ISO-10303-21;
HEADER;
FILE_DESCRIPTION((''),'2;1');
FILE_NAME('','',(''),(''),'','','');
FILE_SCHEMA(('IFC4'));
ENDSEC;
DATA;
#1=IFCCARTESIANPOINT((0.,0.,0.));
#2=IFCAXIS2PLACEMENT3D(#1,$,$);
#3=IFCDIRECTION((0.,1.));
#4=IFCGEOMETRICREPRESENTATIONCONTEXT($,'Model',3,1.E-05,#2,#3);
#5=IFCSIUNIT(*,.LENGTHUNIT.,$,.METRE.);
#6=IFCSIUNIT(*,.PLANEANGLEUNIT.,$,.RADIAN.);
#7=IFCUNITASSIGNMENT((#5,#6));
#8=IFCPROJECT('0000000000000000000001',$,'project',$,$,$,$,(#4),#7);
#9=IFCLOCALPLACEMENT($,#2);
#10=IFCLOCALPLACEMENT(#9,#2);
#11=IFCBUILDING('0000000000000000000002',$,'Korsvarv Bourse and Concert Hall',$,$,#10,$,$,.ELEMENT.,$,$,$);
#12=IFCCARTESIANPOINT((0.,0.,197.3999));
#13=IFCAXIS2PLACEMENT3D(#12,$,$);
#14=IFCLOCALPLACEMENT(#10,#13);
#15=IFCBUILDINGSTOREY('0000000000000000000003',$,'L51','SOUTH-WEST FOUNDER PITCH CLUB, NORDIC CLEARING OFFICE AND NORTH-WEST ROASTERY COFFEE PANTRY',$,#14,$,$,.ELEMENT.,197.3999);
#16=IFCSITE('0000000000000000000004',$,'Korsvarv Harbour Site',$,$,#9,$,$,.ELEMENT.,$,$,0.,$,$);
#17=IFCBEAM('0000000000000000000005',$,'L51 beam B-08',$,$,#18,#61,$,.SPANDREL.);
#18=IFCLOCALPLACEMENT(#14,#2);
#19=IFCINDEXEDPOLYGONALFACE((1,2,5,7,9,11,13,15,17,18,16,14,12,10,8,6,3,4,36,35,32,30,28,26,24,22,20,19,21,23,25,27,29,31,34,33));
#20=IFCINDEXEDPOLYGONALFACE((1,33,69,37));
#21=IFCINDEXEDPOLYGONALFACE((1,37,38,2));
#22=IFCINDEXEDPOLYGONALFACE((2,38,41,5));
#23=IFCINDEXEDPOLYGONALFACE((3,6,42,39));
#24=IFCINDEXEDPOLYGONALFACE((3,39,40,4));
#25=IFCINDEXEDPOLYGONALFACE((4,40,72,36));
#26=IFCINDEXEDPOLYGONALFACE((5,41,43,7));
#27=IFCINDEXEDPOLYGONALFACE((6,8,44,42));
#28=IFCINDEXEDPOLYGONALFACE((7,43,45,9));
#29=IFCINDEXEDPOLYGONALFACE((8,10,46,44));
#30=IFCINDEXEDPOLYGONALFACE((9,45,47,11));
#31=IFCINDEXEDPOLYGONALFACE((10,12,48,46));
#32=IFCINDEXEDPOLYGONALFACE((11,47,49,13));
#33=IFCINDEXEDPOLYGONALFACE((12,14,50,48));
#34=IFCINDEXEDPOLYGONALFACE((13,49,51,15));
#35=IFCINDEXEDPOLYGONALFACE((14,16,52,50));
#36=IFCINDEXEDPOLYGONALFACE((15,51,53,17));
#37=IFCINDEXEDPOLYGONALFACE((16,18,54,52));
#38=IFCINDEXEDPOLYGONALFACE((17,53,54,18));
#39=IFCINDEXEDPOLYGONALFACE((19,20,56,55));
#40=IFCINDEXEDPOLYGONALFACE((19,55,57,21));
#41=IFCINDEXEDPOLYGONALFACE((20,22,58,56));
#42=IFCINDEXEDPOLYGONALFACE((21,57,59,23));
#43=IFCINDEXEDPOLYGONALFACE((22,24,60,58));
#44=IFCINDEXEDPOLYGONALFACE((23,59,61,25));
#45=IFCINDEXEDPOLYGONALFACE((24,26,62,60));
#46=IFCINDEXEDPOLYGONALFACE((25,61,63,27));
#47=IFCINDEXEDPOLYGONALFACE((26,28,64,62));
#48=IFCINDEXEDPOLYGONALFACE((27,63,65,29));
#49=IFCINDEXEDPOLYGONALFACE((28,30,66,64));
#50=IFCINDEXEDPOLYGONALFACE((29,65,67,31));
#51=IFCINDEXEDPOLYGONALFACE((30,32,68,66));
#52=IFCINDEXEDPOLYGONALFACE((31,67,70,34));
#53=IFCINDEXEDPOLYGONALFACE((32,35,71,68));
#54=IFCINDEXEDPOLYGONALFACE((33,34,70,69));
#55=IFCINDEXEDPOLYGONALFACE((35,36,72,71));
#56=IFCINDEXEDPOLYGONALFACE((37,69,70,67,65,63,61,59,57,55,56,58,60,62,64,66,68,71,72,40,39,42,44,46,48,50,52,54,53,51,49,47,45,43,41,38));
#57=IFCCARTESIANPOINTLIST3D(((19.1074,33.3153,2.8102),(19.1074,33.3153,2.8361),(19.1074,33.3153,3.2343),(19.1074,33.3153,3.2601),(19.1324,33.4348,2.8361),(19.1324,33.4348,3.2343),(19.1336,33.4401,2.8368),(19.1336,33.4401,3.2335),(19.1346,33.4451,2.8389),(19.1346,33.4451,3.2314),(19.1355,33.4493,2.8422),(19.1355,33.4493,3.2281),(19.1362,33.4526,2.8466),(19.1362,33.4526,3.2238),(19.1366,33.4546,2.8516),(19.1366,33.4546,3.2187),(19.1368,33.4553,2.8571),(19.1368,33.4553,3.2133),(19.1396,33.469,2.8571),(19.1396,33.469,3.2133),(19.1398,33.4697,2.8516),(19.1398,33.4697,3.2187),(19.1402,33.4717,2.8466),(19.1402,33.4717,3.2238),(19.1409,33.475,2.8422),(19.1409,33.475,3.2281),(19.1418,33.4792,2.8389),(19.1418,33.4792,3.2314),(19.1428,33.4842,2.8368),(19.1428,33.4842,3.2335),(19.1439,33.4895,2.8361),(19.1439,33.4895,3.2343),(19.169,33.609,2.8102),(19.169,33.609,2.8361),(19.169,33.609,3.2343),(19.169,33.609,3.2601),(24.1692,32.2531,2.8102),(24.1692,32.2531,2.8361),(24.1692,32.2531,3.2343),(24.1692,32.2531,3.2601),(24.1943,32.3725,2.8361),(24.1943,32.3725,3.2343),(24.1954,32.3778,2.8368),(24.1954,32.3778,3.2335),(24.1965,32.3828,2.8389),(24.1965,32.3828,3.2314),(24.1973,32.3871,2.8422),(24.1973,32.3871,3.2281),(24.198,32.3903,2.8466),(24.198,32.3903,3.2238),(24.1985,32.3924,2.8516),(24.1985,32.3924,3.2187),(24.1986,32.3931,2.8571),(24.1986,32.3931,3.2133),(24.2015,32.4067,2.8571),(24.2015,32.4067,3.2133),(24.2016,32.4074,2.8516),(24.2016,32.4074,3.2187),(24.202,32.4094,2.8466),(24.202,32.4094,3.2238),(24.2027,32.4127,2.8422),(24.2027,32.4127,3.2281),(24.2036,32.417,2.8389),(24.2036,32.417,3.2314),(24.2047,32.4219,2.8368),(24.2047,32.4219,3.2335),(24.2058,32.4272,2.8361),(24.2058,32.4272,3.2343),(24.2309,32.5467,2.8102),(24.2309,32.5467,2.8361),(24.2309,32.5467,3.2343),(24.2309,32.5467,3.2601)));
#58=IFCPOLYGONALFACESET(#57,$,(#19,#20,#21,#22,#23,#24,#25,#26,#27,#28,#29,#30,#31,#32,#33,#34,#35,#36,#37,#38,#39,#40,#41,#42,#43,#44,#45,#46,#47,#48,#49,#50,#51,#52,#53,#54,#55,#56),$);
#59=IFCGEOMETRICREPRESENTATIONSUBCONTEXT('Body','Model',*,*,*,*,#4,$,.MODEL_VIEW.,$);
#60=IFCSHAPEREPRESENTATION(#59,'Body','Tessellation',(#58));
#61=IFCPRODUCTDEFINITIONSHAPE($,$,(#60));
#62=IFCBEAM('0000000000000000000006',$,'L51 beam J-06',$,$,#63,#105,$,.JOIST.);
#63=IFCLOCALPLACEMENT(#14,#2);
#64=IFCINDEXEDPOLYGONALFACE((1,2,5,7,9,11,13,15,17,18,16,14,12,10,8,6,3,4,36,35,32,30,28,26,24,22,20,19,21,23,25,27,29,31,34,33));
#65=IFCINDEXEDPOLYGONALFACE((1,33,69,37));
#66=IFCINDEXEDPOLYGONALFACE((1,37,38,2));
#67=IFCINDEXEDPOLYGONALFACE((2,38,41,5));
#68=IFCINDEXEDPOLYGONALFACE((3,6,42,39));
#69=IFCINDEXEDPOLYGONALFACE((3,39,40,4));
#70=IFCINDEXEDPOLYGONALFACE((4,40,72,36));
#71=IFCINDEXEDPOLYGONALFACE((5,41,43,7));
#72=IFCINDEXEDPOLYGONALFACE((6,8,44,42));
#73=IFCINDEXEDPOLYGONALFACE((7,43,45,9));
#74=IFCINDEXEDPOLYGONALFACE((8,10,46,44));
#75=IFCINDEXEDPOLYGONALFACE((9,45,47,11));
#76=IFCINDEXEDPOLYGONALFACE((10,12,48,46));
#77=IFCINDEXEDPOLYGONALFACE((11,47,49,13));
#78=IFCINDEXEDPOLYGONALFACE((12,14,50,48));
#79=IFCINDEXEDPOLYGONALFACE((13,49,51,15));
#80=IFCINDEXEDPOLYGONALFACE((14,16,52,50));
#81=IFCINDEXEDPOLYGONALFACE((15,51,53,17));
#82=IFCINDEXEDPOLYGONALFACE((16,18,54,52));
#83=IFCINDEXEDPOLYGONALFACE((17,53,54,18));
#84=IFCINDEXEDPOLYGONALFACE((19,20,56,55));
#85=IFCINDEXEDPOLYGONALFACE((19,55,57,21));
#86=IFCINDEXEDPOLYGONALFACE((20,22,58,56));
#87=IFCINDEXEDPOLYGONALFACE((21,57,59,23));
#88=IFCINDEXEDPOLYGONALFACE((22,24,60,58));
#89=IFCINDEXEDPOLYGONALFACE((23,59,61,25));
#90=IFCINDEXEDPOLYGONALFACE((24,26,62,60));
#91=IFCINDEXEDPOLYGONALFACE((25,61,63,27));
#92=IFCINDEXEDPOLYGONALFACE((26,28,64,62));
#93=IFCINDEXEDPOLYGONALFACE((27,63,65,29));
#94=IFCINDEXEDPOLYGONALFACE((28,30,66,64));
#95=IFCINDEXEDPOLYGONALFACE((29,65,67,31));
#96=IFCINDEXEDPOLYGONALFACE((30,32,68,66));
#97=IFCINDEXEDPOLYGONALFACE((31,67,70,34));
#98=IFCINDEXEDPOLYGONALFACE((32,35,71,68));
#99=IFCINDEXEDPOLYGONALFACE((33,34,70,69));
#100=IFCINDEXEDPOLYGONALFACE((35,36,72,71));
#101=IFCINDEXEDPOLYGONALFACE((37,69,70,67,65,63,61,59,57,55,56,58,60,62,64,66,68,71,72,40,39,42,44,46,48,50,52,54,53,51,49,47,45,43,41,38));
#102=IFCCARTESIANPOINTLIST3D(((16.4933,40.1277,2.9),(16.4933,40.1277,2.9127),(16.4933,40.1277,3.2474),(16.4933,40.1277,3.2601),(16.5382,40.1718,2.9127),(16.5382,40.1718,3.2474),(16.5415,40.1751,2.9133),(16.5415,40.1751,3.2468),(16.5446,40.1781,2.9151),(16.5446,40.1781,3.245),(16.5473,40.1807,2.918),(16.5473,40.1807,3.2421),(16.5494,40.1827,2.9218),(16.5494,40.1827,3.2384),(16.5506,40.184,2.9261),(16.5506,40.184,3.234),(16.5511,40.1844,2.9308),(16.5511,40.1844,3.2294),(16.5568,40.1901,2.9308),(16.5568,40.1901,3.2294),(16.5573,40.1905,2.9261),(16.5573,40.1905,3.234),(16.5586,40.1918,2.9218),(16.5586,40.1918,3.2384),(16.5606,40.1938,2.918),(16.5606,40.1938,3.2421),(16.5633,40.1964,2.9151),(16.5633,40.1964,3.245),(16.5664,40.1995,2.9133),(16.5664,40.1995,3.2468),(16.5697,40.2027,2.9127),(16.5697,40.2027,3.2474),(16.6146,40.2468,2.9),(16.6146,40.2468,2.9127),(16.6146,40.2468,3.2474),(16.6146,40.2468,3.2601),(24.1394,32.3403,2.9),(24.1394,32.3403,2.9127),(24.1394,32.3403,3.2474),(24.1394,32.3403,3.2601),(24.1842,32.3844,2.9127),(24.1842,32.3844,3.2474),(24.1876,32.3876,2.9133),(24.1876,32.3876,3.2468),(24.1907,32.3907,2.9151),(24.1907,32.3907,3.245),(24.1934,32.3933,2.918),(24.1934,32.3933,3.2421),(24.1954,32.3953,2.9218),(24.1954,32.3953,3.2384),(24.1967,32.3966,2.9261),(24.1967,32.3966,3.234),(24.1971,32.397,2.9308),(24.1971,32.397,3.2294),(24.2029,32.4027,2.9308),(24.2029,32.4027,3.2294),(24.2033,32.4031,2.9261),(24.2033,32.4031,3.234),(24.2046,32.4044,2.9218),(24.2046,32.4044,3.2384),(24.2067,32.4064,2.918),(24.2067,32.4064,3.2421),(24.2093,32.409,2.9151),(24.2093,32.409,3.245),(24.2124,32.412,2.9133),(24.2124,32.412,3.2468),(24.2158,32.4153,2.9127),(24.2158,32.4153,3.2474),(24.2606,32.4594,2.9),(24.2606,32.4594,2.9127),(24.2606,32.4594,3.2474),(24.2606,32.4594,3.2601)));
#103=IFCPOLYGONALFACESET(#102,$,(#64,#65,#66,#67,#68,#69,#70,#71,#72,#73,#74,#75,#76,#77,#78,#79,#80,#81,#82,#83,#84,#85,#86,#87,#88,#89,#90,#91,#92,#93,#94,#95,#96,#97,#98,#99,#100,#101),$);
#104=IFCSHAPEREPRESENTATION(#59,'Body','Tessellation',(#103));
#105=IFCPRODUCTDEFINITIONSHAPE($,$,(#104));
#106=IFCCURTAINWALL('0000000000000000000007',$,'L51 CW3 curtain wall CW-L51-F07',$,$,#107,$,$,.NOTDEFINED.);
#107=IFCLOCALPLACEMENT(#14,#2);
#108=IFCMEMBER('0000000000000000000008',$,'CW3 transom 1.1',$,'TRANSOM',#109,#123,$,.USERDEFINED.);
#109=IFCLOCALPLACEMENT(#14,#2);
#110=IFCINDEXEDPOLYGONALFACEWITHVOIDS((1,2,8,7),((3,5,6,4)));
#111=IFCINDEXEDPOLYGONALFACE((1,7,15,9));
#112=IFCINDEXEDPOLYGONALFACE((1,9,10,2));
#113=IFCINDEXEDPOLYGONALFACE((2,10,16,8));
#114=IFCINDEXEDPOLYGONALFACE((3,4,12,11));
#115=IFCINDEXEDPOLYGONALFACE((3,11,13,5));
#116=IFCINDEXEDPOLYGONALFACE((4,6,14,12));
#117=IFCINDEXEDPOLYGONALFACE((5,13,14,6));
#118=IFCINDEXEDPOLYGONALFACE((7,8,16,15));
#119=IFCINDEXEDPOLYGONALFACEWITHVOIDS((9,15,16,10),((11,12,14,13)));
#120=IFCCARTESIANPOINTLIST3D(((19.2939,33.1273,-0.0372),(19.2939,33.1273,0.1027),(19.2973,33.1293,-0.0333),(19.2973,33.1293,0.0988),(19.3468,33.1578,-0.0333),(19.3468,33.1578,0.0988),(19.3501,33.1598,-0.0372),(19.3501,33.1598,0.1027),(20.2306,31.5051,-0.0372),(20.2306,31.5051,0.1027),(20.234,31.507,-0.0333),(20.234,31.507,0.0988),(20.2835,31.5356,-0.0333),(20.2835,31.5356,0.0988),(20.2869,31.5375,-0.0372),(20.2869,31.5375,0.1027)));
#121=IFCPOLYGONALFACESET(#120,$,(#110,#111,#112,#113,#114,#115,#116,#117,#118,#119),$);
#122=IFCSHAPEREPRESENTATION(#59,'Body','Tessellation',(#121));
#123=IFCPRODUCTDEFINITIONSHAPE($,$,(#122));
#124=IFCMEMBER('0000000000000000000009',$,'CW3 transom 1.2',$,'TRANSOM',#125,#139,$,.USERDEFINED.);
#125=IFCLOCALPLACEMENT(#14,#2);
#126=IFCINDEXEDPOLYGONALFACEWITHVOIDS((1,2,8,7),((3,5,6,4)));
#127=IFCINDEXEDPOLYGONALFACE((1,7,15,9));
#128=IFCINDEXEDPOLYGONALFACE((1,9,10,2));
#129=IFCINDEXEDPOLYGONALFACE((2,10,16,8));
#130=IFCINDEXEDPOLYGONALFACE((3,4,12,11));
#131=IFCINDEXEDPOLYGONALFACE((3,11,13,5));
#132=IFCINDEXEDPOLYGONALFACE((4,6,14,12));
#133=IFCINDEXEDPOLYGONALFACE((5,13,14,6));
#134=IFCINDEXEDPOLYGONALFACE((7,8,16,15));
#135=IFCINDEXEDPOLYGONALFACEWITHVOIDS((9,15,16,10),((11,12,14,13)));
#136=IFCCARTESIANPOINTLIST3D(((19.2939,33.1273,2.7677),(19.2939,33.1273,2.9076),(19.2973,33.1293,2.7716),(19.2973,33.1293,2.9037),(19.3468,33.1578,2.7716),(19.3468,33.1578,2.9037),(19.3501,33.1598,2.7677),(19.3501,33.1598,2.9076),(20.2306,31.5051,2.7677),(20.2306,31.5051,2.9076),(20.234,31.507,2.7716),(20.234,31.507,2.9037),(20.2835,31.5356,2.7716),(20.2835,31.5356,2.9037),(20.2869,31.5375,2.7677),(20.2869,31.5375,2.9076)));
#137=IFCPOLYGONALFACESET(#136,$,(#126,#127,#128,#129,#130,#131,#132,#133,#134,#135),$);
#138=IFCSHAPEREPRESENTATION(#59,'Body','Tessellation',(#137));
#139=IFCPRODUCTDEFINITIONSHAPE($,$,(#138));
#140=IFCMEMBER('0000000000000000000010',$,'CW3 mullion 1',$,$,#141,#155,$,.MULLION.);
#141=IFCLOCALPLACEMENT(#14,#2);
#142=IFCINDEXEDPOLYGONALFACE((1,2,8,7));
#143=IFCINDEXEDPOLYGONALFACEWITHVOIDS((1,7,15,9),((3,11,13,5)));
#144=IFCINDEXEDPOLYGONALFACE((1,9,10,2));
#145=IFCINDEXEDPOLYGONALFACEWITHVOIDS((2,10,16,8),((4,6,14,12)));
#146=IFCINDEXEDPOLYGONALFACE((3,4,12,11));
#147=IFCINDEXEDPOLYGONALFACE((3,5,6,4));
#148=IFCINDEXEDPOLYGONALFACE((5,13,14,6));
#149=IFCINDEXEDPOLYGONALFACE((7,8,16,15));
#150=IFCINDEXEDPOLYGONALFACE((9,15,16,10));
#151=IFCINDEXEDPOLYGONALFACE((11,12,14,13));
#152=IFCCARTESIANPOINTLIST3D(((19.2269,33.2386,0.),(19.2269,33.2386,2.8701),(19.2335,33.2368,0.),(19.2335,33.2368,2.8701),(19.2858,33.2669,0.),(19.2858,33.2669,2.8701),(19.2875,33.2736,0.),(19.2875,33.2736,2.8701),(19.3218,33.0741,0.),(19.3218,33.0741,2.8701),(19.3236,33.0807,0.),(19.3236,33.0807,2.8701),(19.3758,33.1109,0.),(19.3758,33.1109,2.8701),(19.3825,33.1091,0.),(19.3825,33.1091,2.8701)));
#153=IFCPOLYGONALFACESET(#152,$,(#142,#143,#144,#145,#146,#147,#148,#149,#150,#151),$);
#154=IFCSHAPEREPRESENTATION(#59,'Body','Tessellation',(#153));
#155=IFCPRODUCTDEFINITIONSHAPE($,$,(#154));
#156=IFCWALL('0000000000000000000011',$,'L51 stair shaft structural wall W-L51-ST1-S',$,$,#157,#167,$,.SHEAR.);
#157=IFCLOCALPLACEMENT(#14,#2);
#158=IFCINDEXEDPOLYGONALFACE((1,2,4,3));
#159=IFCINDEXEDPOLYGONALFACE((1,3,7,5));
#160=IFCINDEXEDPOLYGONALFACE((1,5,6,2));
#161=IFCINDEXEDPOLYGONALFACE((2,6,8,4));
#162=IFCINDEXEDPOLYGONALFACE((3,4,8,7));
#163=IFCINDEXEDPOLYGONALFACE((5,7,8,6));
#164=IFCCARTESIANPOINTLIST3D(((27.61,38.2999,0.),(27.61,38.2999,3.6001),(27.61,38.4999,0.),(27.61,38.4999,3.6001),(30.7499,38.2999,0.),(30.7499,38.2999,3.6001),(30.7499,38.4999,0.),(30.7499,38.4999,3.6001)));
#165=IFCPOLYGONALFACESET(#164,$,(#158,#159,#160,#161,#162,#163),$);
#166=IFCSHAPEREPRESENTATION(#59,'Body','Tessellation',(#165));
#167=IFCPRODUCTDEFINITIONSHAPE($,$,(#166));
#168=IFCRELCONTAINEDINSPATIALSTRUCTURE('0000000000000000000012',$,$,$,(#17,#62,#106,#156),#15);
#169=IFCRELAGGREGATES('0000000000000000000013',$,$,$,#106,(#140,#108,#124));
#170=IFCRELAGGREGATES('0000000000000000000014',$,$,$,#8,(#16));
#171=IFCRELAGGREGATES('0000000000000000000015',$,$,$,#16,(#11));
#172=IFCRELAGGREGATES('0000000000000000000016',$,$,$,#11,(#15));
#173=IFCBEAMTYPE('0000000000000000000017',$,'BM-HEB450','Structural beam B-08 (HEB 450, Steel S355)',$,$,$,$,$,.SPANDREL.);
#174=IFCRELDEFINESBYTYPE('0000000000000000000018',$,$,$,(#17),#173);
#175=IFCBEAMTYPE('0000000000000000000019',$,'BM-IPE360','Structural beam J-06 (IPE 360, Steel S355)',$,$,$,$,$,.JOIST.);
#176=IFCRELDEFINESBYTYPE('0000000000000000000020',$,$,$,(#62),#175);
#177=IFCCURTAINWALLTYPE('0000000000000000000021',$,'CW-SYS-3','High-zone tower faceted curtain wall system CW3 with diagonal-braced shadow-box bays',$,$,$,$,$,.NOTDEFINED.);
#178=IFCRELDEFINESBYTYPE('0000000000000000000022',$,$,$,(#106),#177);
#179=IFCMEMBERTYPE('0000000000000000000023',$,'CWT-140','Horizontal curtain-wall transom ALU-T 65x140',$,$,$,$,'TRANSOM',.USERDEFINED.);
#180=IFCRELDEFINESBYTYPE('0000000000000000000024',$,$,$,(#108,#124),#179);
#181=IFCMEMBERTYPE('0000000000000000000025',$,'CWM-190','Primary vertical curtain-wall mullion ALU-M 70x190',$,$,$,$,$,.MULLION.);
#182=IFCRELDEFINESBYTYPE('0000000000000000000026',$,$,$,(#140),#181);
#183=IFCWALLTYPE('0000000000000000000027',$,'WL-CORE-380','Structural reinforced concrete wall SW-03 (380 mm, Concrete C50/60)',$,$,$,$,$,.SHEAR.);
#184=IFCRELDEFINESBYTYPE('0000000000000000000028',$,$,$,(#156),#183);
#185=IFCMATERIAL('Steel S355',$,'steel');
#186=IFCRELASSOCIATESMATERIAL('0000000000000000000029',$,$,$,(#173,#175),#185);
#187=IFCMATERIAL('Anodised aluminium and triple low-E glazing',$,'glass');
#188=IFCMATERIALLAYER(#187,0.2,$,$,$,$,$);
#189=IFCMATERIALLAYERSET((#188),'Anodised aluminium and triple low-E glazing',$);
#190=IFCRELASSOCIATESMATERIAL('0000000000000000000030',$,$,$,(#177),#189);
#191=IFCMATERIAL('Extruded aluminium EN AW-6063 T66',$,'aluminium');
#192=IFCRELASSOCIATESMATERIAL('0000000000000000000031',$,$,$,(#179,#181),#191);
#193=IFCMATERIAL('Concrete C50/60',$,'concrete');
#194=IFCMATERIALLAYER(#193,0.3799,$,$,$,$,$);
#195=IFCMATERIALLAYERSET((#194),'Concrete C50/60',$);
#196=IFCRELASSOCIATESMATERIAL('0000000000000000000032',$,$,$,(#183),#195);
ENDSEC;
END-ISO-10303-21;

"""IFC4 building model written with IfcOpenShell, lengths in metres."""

from ifc_helpers import new_model, si_unit, direction, frame, frame_2d, origin, origin_2d, place, context, subcontext, project, spatial, rectangle, hollow_rectangle, i_section, extrude, source, transform, mapped, material, layer, layer_set, material_profile, profile_set, type_object, element, aggregate, save


model = new_model("IFC4")

# Units and contexts
model_context = context("Model", 3, precision=1e-05, world=origin(), true_north=direction((0.0, 1.0)))
body_context = subcontext(model_context, "Body", "Model", "MODEL_VIEW")
ifc_project = project(units=[si_unit("LENGTHUNIT", "METRE"), si_unit("PLANEANGLEUNIT", "RADIAN")], contexts=[model_context])

# Site, building, storey
site_placement = place(None, origin())
site = spatial("IfcSite", under=ifc_project, at=site_placement, Name="Korsvarv Harbour Site", CompositionType="ELEMENT", RefElevation=0.0)
building_placement = place(site_placement, origin())
building = spatial("IfcBuilding", under=site, at=building_placement, Name="Korsvarv Bourse and Concert Hall", CompositionType="ELEMENT")
storey_placement = place(building_placement, frame((0.0, 0.0, 197.3999)))
storey = spatial("IfcBuildingStorey", under=building, at=storey_placement, Name="L51", Description="SOUTH-WEST FOUNDER PITCH CLUB, NORDIC CLEARING OFFICE AND NORTH-WEST ROASTERY COFFEE PANTRY", CompositionType="ELEMENT", Elevation=197.3999)

# Shared definitions
ifc_material_1 = material(Name="Steel S355", Category="steel")

# Beams
ifc_material_profile_1 = material_profile(ifc_material_1, i_section(OverallWidth=0.3, OverallDepth=0.45, WebThickness=0.0139, FlangeThickness=0.0259, FilletRadius=0.021, at=origin_2d()), Name="HEB 450")
ifc_profile_set_1 = profile_set([ifc_material_profile_1], Name="Steel S355")
beam_type_1 = type_object("IfcBeamType", Name="BM-HEB450", Description="Structural beam B-08 (HEB 450, Steel S355)", PredefinedType="SPANDREL", material=ifc_profile_set_1)
shared_shape_1 = source(origin(), body_context, "Body", "SweptSolid", [
    extrude(i_section(OverallWidth=0.3, OverallDepth=0.45, WebThickness=0.0139, FlangeThickness=0.0259, FilletRadius=0.021, at=origin_2d()), origin(), (0.0, 0.0, 1.0), 5.1721),
])
beam_1_placement = place(storey_placement, frame((19.1382, 33.4622, 3.0352), z_axis=(0.978681, -0.205385, 0.0), x_axis=(0.205385, 0.978681, 0.0)))
element("IfcBeam", 1, at=beam_1_placement, inside=storey, type_object=beam_type_1, Name="L51 beam B-08", PredefinedType="SPANDREL", context=body_context, shape_type="MappedRepresentation", body=[
    mapped(shared_shape_1, transform((0.0, 0.0, 0.0), scale=1.0)),
])
ifc_material_profile_2 = material_profile(ifc_material_1, i_section(OverallWidth=0.1699, OverallDepth=0.3601, WebThickness=0.0081, FlangeThickness=0.0127, FilletRadius=0.0181, at=origin_2d()), Name="IPE 360")
ifc_profile_set_2 = profile_set([ifc_material_profile_2], Name="Steel S355")
beam_type_2 = type_object("IfcBeamType", Name="BM-IPE360", Description="Structural beam J-06 (IPE 360, Steel S355)", PredefinedType="JOIST", material=ifc_profile_set_2)
shared_shape_2 = source(origin(), body_context, "Body", "SweptSolid", [
    extrude(i_section(OverallWidth=0.1699, OverallDepth=0.3601, WebThickness=0.0081, FlangeThickness=0.0127, FilletRadius=0.0181, at=origin_2d()), origin(), (0.0, 0.0, 1.0), 10.9136),
])
beam_2_placement = place(storey_placement, frame((16.554, 40.1873, 3.0801), z_axis=(0.700601, -0.713553, 0.0), x_axis=(0.713553, 0.700601, 0.0)))
element("IfcBeam", 2, at=beam_2_placement, inside=storey, type_object=beam_type_2, Name="L51 beam J-06", PredefinedType="JOIST", context=body_context, shape_type="MappedRepresentation", body=[
    mapped(shared_shape_2, transform((0.0, 0.0, 0.0), scale=1.0)),
])

# Curtain wall, members
ifc_material_2 = material(Name="Anodised aluminium and triple low-E glazing", Category="glass")
ifc_layer_1 = layer(ifc_material_2, 0.2)
ifc_layer_set_1 = layer_set([ifc_layer_1], Name="Anodised aluminium and triple low-E glazing")
curtain_wall_type = type_object("IfcCurtainWallType", Name="CW-SYS-3", Description="High-zone tower faceted curtain wall system CW3 with diagonal-braced shadow-box bays", PredefinedType="NOTDEFINED", material=ifc_layer_set_1)
curtain_wall_placement = place(storey_placement, origin())
curtain_wall = element("IfcCurtainWall", 3, at=curtain_wall_placement, inside=storey, type_object=curtain_wall_type, Name="L51 CW3 curtain wall CW-L51-F07", PredefinedType="NOTDEFINED")
ifc_material_3 = material(Name="Extruded aluminium EN AW-6063 T66", Category="aluminium")
ifc_material_profile_3 = material_profile(ifc_material_3, hollow_rectangle(XDim=0.0649, YDim=0.1399, WallThickness=0.0039, at=origin_2d()), Name="ALU-T 65x140")
ifc_profile_set_3 = profile_set([ifc_material_profile_3], Name="Extruded aluminium EN AW-6063 T66")
member_type_1 = type_object("IfcMemberType", Name="CWT-140", Description="Horizontal curtain-wall transom ALU-T 65x140", ElementType="TRANSOM", PredefinedType="USERDEFINED", material=ifc_profile_set_3)
shared_shape_3 = source(origin(), body_context, "Body", "SweptSolid", [
    extrude(hollow_rectangle(XDim=0.0649, YDim=0.1399, WallThickness=0.0039, at=origin_2d()), origin(), (0.0, 0.0, 1.0), 1.8733),
])
member_1_placement = place(storey_placement, frame((19.322, 33.1436, 0.0327), z_axis=(0.50005, -0.865997, 0.0), x_axis=(0.865997, 0.50005, 0.0)))
member_1 = element("IfcMember", 4, at=member_1_placement, type_object=member_type_1, Name="CW3 transom 1.1", ObjectType="TRANSOM", PredefinedType="USERDEFINED", context=body_context, shape_type="MappedRepresentation", body=[
    mapped(shared_shape_3, transform((0.0, 0.0, 0.0), scale=1.0)),
])
member_2_placement = place(storey_placement, frame((19.322, 33.1436, 2.8376), z_axis=(0.50005, -0.865997, 0.0), x_axis=(0.865997, 0.50005, 0.0)))
member_2 = element("IfcMember", 5, at=member_2_placement, type_object=member_type_1, Name="CW3 transom 1.2", ObjectType="TRANSOM", PredefinedType="USERDEFINED", context=body_context, shape_type="MappedRepresentation", body=[
    mapped(shared_shape_3, transform((0.0, 0.0, 0.0), scale=1.0)),
])
ifc_material_profile_4 = material_profile(ifc_material_3, hollow_rectangle(XDim=0.0701, YDim=0.1899, WallThickness=0.0049, at=origin_2d()), Name="ALU-M 70x190")
ifc_profile_set_4 = profile_set([ifc_material_profile_4], Name="Extruded aluminium EN AW-6063 T66")
member_type_2 = type_object("IfcMemberType", Name="CWM-190", Description="Primary vertical curtain-wall mullion ALU-M 70x190", PredefinedType="MULLION", material=ifc_profile_set_4)
shared_shape_4 = source(origin(), body_context, "Body", "SweptSolid", [
    extrude(hollow_rectangle(XDim=0.0701, YDim=0.1899, WallThickness=0.0049, at=origin_2d()), origin(), (0.0, 0.0, 1.0), 2.8701),
])
member_3_placement = place(storey_placement, frame((19.3047, 33.1738, 0.0), z_axis=(0.0, 0.0, 1.0), x_axis=(0.86603, 0.499993, 0.0)))
member_3 = element("IfcMember", 6, at=member_3_placement, type_object=member_type_2, Name="CW3 mullion 1", PredefinedType="MULLION", context=body_context, shape_type="MappedRepresentation", body=[
    mapped(shared_shape_4, transform((0.0, 0.0, 0.0), scale=1.0)),
])
aggregate(curtain_wall, [member_3, member_1, member_2])

# Wall
ifc_material_4 = material(Name="Concrete C50/60", Category="concrete")
ifc_layer_2 = layer(ifc_material_4, 0.3799)
ifc_layer_set_2 = layer_set([ifc_layer_2], Name="Concrete C50/60")
wall_type_1 = type_object("IfcWallType", Name="WL-CORE-380", Description="Structural reinforced concrete wall SW-03 (380 mm, Concrete C50/60)", PredefinedType="SHEAR", material=ifc_layer_set_2)
wall_1_placement = place(storey_placement, frame((27.6101, 38.3999, 0.0), z_axis=(0.0, 0.0, 1.0), x_axis=(1.0, 0.0, 0.0)))
element("IfcWall", 7, at=wall_1_placement, inside=storey, type_object=wall_type_1, Name="L51 stair shaft structural wall W-L51-ST1-S", PredefinedType="SHEAR", context=body_context, shape_type="SweptSolid", body=[
    extrude(rectangle(XDim=3.1399, YDim=0.2, at=frame_2d((1.5698, 0.0))), origin(), (0.0, 0.0, 1.0), 3.6001),
])

save(model, "model.ifc")
